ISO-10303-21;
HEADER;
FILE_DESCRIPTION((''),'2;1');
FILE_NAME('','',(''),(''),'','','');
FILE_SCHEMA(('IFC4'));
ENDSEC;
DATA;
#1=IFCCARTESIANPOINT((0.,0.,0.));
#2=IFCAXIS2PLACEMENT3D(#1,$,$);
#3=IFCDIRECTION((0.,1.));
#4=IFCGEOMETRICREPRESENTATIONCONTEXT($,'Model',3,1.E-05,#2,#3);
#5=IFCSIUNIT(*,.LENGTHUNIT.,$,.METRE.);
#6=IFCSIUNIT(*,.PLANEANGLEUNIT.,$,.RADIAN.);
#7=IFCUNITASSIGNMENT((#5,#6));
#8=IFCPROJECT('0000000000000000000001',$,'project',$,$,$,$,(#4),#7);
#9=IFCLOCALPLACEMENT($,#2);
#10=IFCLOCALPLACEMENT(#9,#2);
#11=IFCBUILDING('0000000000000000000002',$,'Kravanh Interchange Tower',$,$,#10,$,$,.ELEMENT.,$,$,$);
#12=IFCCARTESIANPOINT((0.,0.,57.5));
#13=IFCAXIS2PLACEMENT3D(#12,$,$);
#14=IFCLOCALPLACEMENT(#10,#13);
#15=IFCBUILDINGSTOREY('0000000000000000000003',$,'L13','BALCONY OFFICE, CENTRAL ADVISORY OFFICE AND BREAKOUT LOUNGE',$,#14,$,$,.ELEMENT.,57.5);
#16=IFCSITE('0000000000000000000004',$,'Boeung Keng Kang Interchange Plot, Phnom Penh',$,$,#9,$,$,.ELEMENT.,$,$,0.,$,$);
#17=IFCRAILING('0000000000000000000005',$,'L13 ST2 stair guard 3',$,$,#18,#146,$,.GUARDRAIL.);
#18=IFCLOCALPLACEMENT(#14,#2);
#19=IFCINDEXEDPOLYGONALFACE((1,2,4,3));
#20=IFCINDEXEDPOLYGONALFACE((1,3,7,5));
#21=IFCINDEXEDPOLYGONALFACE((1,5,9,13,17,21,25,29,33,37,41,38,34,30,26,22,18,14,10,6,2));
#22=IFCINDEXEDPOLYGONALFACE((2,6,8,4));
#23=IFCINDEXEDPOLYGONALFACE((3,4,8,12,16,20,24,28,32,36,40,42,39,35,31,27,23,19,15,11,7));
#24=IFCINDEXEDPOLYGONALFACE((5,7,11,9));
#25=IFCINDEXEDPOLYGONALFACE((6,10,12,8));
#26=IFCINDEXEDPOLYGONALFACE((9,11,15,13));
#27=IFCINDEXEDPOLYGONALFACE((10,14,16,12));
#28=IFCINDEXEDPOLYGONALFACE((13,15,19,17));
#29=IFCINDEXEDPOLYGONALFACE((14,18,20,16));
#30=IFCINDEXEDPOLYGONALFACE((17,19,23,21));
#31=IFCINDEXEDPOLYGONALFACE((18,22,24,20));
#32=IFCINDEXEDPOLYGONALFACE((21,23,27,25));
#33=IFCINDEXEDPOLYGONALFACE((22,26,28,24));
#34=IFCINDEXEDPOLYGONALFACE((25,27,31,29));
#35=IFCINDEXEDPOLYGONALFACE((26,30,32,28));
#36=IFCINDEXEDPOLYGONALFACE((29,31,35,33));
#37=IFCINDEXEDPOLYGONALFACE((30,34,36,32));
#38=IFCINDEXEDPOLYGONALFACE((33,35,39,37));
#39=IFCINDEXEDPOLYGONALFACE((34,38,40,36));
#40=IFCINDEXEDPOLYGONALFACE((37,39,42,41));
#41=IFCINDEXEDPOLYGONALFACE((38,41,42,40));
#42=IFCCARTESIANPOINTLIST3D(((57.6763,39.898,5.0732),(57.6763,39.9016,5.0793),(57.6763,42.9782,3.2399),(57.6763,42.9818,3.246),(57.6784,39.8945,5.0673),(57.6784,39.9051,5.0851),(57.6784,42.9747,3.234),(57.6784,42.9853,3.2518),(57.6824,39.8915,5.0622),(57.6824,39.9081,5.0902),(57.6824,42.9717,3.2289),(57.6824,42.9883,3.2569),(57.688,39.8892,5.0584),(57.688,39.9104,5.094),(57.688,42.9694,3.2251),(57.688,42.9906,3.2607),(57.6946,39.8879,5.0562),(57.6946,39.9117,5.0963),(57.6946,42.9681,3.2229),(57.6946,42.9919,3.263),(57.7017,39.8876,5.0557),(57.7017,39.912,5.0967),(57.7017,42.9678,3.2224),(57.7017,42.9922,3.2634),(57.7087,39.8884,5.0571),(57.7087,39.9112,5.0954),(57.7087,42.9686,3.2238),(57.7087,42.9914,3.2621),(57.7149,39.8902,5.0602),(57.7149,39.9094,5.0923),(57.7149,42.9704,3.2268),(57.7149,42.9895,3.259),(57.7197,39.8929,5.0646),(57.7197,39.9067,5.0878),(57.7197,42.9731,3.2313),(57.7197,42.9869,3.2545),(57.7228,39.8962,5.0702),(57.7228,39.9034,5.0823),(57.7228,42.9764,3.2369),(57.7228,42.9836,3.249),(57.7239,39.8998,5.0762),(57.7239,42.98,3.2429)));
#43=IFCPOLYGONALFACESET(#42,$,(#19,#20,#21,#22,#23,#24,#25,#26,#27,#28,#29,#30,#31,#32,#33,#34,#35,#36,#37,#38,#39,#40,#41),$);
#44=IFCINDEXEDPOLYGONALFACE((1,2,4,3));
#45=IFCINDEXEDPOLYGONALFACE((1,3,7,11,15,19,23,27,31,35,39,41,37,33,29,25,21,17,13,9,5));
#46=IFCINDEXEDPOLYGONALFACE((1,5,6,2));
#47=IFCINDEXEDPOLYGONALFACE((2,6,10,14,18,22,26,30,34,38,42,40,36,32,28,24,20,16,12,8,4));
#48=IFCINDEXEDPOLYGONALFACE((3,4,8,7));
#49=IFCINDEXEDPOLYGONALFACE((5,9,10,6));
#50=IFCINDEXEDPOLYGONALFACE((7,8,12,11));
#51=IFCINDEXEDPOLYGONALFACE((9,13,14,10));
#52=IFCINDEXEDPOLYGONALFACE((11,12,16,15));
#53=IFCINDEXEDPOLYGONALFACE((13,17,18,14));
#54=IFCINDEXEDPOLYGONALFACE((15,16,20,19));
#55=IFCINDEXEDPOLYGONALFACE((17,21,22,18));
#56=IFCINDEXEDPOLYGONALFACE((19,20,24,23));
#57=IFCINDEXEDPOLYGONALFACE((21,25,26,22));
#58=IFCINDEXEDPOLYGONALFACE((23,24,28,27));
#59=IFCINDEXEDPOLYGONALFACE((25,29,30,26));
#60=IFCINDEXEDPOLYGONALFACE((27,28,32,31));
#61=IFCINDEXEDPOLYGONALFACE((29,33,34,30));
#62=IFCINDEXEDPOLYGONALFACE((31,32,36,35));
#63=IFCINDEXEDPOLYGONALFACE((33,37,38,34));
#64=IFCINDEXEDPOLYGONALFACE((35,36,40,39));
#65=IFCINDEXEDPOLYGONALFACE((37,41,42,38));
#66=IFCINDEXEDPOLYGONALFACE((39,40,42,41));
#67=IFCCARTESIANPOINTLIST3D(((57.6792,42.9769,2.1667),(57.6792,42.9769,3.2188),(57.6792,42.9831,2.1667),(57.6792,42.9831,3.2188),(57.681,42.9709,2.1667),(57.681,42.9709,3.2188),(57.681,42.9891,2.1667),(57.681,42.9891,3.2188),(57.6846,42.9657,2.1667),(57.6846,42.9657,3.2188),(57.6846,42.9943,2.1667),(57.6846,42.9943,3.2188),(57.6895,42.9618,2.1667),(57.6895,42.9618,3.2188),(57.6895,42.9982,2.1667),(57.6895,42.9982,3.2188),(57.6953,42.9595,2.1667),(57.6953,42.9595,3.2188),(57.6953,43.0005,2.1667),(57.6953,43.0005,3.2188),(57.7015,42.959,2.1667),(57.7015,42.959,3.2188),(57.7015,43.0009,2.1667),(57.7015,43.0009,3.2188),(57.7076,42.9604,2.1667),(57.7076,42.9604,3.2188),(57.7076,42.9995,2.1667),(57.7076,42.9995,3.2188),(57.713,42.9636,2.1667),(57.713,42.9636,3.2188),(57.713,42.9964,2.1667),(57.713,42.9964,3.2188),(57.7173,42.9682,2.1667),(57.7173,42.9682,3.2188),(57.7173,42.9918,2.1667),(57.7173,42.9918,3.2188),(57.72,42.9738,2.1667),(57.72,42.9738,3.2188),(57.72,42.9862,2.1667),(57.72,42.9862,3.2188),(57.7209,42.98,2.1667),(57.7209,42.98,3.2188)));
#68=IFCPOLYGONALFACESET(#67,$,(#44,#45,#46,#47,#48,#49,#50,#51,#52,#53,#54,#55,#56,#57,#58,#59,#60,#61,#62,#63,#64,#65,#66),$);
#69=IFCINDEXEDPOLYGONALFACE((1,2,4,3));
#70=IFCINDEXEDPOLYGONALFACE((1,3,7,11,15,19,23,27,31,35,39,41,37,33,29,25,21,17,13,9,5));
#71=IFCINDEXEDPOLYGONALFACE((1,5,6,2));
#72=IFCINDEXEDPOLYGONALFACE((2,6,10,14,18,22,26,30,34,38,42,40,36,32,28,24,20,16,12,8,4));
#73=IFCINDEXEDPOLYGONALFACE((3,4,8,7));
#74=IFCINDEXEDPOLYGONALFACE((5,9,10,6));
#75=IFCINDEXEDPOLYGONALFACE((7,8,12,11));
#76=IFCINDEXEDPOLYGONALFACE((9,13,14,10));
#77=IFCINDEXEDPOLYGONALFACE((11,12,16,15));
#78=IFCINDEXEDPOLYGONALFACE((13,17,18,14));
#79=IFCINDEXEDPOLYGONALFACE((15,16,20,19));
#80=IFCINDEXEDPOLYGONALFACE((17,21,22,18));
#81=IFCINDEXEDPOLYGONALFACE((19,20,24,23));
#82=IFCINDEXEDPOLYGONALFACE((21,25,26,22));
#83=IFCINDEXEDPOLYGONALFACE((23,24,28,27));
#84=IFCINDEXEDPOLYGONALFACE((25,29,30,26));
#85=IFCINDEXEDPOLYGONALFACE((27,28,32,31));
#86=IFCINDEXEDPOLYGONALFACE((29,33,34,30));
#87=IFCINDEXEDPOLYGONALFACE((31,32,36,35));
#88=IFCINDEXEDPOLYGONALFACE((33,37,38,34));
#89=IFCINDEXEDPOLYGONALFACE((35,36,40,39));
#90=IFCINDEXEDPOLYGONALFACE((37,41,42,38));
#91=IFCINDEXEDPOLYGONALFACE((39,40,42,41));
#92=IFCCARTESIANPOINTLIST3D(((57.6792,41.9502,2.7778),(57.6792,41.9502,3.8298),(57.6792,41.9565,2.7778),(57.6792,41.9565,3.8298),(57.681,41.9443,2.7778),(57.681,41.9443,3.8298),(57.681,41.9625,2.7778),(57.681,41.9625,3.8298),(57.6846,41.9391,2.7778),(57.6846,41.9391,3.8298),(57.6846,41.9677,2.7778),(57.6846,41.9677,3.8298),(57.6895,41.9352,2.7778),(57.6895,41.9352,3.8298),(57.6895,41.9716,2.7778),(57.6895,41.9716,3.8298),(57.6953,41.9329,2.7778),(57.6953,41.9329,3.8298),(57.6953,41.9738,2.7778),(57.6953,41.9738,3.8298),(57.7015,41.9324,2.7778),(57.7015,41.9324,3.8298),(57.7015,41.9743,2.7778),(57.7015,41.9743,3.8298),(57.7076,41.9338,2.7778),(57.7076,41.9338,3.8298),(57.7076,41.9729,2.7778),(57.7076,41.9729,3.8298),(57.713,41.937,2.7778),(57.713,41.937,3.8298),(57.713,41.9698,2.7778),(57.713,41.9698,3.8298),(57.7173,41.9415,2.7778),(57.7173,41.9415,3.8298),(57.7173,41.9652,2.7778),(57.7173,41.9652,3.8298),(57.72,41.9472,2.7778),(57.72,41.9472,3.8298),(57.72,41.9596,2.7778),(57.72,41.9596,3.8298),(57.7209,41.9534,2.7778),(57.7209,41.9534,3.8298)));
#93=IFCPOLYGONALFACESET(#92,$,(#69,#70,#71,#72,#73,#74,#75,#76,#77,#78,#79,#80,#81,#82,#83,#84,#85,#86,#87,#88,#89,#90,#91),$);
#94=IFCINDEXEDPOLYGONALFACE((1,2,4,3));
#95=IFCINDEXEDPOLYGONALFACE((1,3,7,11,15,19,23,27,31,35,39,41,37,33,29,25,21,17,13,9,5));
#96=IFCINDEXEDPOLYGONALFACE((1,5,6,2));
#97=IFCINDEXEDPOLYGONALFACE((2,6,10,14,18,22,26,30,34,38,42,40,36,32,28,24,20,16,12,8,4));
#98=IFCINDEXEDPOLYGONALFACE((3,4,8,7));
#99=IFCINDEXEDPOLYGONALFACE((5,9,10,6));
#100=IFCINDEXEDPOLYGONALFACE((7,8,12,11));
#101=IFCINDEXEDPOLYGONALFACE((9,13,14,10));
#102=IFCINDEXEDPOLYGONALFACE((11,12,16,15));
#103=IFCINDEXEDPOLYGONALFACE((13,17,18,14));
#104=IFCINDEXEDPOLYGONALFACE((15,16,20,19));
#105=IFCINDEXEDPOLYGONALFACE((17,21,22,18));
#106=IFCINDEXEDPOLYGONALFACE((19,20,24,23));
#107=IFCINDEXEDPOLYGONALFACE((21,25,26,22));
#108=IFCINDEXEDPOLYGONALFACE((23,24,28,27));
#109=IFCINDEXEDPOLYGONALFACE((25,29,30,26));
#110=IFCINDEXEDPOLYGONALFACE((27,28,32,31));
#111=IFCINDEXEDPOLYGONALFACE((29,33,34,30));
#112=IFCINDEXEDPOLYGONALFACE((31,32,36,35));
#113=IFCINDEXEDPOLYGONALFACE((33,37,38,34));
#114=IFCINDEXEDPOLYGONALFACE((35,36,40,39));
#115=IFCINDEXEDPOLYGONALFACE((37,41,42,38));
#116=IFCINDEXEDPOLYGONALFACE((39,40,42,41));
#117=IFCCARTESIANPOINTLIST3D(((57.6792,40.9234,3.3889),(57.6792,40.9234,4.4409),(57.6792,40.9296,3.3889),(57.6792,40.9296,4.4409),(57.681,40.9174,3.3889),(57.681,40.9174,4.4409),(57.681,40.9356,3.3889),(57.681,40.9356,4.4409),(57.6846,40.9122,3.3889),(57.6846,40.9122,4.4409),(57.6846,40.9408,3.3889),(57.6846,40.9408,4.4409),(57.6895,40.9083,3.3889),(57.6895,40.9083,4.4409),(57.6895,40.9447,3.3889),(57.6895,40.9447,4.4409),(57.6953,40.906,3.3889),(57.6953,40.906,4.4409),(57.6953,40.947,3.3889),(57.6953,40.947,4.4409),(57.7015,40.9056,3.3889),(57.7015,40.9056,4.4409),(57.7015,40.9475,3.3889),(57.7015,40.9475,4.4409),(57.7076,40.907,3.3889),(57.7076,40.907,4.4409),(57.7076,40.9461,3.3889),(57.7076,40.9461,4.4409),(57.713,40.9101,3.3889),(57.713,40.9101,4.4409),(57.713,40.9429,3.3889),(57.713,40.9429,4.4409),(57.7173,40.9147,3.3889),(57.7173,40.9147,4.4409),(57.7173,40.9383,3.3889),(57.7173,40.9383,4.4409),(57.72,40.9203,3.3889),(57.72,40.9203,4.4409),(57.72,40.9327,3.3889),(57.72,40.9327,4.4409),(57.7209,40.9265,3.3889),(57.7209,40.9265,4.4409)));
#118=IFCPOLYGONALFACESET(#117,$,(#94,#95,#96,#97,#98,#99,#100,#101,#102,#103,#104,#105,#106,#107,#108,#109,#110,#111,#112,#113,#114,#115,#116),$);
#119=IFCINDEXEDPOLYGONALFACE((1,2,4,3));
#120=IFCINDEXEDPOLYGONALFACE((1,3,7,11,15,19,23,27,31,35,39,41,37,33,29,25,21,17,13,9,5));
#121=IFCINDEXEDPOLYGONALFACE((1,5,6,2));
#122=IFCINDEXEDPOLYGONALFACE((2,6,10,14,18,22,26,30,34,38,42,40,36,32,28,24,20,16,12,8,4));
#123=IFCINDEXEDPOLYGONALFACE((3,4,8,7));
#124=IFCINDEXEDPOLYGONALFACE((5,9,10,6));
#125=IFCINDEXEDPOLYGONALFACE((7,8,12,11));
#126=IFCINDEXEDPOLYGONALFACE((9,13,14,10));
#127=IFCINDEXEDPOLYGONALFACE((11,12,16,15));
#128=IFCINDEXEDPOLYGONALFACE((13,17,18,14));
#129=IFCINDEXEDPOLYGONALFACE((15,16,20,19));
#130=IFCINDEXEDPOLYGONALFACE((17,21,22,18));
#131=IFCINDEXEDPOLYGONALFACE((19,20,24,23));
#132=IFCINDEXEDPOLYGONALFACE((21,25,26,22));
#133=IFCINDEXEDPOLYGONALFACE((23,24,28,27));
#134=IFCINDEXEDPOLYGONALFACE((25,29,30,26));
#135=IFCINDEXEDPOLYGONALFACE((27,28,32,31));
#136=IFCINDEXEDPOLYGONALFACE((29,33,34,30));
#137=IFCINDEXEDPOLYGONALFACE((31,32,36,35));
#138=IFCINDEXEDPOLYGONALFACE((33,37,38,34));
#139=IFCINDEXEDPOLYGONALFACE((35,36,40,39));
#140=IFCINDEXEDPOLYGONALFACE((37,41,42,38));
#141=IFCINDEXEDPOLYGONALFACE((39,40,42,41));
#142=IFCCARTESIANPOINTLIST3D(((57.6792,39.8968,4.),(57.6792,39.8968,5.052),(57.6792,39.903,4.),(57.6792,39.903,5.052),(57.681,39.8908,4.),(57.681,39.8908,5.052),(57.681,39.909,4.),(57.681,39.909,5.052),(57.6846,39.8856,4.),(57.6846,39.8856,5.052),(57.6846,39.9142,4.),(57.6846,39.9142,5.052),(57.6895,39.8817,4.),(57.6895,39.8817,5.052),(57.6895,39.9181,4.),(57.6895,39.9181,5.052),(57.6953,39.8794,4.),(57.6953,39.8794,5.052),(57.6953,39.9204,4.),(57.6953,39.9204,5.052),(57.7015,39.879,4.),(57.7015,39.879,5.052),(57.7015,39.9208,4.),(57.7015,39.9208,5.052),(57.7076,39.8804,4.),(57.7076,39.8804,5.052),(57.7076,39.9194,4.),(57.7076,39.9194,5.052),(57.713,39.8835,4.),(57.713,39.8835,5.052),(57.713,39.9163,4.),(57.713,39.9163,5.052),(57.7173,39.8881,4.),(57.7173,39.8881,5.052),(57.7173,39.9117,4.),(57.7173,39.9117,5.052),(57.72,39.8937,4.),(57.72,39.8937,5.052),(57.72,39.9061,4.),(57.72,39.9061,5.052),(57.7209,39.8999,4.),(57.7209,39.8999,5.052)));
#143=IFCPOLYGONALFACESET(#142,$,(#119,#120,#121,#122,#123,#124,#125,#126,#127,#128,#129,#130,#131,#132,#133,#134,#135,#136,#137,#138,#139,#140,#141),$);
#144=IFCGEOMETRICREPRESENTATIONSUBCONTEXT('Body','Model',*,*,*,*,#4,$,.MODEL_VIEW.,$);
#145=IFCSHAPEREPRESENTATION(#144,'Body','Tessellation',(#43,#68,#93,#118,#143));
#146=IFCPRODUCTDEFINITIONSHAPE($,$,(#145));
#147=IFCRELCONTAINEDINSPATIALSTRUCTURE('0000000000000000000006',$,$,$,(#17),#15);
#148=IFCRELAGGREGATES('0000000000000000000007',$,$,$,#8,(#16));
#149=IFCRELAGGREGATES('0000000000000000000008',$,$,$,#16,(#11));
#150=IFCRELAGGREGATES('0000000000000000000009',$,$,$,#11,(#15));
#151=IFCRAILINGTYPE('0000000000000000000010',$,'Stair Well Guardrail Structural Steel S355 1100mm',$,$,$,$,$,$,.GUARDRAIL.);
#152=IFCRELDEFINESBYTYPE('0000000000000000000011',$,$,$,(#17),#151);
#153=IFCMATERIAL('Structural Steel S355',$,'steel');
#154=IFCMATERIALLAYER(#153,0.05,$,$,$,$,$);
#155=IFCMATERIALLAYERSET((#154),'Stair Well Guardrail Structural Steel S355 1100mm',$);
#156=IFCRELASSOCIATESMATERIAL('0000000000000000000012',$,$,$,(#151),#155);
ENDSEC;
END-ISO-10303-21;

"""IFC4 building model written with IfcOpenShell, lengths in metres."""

from ifc_helpers import new_model, si_unit, direction, frame, origin, origin_2d, place, context, subcontext, project, spatial, circle, extrude, material, layer, layer_set, type_object, element, save


model = new_model("IFC4")

# Units and contexts
model_context = context("Model", 3, precision=1e-05, world=origin(), true_north=direction((0.0, 1.0)))
body_context = subcontext(model_context, "Body", "Model", "MODEL_VIEW")
ifc_project = project(units=[si_unit("LENGTHUNIT", "METRE"), si_unit("PLANEANGLEUNIT", "RADIAN")], contexts=[model_context])

# Site, building, storey
site_placement = place(None, origin())
site = spatial("IfcSite", under=ifc_project, at=site_placement, Name="Boeung Keng Kang Interchange Plot, Phnom Penh", CompositionType="ELEMENT", RefElevation=0.0)
building_placement = place(site_placement, origin())
building = spatial("IfcBuilding", under=site, at=building_placement, Name="Kravanh Interchange Tower", CompositionType="ELEMENT")
storey_placement = place(building_placement, frame((0.0, 0.0, 57.5)))
storey = spatial("IfcBuildingStorey", under=building, at=storey_placement, Name="L13", Description="BALCONY OFFICE, CENTRAL ADVISORY OFFICE AND BREAKOUT LOUNGE", CompositionType="ELEMENT", Elevation=57.5)

# Railing
ifc_material_1 = material(Name="Structural Steel S355", Category="steel")
ifc_layer_1 = layer(ifc_material_1, 0.05)
ifc_layer_set_1 = layer_set([ifc_layer_1], Name="Stair Well Guardrail Structural Steel S355 1100mm")
railing_type_1 = type_object("IfcRailingType", Name="Stair Well Guardrail Structural Steel S355 1100mm", PredefinedType="GUARDRAIL", material=ifc_layer_set_1)
railing_1_placement = place(storey_placement, frame((57.7, 42.98, 2.1667)))
element("IfcRailing", 1, at=railing_1_placement, inside=storey, type_object=railing_type_1, Name="L13 ST2 stair guard 3", PredefinedType="GUARDRAIL", context=body_context, shape_type="SweptSolid", body=[
    extrude(circle(Radius=0.0239, at=origin_2d()), frame((0.0, 0.0, 1.0762), z_axis=(0.0, -0.859309, 0.511458), x_axis=(1.0, 0.0, 0.0)), (0.0, 0.0, 1.0), 3.5845),
    extrude(circle(Radius=0.021, at=origin_2d()), origin(), (0.0, 0.0, 1.0), 1.052),
    extrude(circle(Radius=0.021, at=origin_2d()), frame((0.0, -1.0266, 0.6111)), (0.0, 0.0, 1.0), 1.052),
    extrude(circle(Radius=0.021, at=origin_2d()), frame((0.0, -2.0535, 1.2222)), (0.0, 0.0, 1.0), 1.052),
    extrude(circle(Radius=0.021, at=origin_2d()), frame((0.0, -3.0801, 1.8333)), (0.0, 0.0, 1.0), 1.052),
])

save(model, "model.ifc")
